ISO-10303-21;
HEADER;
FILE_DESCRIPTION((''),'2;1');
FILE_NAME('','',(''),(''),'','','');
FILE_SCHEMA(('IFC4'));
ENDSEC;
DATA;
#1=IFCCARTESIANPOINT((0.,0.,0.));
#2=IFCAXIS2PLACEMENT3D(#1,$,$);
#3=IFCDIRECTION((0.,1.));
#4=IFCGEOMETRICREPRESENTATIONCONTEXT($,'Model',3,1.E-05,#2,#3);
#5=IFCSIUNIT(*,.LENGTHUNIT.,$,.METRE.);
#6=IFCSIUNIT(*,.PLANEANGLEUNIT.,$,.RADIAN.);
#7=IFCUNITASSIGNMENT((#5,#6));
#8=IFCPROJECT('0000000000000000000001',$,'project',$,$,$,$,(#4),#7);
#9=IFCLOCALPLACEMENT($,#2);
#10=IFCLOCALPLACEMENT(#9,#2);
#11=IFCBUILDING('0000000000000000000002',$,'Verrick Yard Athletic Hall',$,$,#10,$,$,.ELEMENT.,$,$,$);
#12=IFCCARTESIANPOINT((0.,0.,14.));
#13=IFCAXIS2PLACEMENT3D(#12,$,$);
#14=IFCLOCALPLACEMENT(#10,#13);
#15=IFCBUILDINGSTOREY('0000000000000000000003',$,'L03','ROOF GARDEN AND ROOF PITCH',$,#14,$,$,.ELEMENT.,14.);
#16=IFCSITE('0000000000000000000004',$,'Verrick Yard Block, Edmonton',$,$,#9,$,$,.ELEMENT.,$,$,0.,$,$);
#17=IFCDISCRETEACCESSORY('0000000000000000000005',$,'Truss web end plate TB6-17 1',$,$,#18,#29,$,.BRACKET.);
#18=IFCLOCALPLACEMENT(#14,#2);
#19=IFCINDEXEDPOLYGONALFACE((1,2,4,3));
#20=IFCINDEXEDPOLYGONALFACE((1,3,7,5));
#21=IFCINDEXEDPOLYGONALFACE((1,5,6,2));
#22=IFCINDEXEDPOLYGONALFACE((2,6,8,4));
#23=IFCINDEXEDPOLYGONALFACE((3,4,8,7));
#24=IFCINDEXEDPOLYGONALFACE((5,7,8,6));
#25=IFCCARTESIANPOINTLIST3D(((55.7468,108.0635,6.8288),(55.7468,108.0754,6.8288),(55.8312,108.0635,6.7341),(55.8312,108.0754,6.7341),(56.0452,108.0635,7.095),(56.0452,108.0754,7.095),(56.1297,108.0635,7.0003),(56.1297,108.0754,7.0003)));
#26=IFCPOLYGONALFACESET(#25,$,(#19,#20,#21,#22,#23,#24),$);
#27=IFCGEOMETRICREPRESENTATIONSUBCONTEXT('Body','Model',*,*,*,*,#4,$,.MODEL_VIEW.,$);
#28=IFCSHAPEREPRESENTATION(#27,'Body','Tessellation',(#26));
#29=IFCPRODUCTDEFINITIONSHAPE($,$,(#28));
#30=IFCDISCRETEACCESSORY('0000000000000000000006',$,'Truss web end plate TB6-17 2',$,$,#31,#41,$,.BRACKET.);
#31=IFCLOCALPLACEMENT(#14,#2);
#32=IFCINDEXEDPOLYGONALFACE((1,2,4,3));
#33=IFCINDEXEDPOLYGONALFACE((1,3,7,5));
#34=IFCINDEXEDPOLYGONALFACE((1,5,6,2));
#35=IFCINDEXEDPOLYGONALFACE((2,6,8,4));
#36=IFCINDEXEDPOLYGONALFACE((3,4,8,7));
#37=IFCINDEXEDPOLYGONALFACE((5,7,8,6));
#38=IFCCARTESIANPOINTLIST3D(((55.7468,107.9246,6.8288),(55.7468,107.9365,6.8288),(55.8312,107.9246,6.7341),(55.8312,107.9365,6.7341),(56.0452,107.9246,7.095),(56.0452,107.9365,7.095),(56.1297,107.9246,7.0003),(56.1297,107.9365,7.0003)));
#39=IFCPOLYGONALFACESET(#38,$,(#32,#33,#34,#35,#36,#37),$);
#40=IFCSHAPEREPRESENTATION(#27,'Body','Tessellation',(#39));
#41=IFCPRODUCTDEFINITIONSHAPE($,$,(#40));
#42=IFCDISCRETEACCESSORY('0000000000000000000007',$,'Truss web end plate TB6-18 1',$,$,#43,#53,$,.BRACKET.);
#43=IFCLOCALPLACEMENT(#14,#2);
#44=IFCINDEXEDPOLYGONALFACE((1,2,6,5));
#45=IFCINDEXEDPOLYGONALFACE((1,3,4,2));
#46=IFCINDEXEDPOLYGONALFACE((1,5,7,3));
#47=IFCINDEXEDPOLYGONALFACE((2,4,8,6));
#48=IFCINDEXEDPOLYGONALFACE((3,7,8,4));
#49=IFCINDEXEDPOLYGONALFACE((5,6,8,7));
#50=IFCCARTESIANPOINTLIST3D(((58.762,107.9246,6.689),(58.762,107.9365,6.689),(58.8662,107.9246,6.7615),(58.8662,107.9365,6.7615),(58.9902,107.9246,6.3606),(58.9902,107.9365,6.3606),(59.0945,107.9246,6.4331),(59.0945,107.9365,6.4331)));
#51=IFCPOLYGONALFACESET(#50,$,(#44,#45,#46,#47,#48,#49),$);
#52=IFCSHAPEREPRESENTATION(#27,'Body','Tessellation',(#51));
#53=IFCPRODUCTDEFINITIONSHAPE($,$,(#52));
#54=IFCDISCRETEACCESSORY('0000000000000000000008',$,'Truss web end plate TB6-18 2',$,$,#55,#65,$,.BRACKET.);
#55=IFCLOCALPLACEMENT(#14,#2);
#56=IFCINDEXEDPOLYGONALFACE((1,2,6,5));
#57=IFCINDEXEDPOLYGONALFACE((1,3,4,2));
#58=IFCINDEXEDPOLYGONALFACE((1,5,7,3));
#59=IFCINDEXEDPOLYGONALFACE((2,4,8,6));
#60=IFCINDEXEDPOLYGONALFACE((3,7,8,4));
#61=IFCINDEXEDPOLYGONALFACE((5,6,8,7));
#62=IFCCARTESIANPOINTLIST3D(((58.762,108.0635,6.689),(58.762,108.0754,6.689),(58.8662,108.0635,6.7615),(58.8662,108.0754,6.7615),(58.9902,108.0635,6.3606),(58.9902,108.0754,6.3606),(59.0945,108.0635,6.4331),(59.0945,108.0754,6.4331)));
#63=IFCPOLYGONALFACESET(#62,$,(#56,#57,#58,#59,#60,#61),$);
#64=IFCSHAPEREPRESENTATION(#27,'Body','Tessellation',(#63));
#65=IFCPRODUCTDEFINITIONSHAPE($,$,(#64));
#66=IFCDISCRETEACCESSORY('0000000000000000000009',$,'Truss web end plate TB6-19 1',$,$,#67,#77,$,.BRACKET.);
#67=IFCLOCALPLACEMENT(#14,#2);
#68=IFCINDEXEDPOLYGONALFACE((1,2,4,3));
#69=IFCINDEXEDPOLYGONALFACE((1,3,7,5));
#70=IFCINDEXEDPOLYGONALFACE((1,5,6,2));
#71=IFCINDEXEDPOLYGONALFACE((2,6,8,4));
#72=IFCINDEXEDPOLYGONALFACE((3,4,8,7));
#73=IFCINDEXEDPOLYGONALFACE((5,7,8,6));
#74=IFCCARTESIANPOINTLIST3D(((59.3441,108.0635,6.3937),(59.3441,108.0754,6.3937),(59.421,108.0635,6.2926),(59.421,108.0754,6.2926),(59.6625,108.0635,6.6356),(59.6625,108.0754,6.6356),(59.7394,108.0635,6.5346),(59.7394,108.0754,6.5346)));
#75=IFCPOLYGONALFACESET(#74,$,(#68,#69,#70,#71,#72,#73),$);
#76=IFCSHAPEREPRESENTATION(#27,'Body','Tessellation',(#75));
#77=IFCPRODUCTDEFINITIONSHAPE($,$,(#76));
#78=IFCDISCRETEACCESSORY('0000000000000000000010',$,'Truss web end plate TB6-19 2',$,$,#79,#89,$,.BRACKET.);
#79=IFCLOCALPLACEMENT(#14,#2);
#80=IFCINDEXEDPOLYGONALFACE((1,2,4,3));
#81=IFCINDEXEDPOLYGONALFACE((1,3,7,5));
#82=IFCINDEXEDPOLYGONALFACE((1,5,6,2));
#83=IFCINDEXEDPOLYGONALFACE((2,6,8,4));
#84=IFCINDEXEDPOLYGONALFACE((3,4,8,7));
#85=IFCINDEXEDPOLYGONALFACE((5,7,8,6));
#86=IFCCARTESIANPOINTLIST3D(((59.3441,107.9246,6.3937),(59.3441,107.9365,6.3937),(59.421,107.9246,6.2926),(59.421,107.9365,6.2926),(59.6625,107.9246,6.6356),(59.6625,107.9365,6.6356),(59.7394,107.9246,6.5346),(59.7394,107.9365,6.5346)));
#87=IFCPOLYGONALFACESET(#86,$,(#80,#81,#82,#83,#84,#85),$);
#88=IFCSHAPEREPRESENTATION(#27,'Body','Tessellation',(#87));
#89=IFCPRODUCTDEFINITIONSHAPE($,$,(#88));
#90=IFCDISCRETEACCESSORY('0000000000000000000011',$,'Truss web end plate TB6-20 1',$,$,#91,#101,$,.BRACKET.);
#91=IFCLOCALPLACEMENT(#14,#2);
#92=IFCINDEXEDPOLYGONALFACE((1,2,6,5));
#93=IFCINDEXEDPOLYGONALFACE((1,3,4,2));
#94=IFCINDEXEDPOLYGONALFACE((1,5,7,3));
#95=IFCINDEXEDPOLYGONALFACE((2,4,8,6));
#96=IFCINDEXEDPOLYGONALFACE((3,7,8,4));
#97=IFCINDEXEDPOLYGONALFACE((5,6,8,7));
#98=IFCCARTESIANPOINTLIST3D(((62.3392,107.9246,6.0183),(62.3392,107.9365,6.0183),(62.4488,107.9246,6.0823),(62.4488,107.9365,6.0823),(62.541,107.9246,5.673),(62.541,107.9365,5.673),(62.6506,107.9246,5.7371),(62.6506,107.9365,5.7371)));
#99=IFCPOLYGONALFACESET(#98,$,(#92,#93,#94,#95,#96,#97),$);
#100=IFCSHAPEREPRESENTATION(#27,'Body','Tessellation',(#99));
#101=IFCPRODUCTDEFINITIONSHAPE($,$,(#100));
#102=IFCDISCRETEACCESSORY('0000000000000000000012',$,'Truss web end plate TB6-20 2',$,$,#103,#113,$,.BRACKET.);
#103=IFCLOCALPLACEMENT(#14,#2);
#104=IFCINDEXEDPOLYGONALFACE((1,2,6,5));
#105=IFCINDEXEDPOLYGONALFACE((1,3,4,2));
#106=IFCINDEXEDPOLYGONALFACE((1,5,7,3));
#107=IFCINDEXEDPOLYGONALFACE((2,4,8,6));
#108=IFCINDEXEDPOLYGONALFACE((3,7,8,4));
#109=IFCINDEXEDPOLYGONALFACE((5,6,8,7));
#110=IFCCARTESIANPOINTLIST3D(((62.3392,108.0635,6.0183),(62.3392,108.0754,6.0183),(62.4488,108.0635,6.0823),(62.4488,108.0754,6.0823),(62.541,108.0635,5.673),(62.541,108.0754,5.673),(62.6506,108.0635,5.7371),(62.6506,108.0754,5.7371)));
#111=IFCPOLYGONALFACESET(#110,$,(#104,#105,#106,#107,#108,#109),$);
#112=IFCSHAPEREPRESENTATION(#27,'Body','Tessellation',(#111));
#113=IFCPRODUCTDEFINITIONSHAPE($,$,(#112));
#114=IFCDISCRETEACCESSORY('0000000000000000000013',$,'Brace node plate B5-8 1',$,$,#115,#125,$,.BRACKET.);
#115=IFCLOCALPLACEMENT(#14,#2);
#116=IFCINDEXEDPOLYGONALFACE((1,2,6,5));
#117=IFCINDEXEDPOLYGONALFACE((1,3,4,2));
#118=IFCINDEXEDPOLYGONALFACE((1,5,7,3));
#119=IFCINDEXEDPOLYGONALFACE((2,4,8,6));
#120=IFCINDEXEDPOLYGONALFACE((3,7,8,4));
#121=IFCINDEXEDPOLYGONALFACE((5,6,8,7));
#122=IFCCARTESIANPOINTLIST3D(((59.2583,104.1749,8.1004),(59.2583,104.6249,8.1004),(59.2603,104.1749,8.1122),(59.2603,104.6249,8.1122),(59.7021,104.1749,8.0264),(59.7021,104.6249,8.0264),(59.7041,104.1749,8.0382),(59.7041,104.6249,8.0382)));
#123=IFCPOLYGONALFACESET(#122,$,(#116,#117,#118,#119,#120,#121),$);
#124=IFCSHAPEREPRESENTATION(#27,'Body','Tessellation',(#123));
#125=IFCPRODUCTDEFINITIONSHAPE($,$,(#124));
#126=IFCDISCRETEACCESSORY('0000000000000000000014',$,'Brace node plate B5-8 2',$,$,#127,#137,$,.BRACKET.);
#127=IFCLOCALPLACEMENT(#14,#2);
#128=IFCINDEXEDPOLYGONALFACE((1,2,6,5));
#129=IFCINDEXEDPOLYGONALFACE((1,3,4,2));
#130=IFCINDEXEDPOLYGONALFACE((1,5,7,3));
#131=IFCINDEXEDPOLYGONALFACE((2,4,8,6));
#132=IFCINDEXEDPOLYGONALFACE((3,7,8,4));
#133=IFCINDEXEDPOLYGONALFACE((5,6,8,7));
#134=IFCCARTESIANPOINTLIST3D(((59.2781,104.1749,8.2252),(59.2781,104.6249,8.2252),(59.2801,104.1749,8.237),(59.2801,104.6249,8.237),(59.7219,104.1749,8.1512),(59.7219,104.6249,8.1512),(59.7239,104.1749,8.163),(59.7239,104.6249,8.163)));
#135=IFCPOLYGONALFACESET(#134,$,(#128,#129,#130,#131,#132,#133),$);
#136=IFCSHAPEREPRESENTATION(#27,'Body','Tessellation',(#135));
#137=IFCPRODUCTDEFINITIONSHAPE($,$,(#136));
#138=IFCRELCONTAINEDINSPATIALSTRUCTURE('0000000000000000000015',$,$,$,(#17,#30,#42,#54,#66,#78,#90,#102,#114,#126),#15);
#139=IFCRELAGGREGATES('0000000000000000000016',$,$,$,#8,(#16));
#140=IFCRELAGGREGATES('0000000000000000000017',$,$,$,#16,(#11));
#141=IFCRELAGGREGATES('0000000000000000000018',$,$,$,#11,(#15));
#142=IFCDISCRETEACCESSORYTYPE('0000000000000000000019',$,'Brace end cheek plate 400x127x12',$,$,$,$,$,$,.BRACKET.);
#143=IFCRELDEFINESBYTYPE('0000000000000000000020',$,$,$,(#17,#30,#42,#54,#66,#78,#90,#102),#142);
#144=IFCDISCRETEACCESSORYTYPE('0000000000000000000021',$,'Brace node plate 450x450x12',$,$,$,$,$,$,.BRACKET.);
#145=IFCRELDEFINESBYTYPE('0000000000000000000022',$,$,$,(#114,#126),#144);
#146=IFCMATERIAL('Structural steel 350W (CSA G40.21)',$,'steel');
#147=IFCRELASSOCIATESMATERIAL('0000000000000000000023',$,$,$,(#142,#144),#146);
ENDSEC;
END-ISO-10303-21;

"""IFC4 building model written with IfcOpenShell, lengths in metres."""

from ifc_helpers import new_model, si_unit, direction, frame, origin, origin_2d, place, context, subcontext, project, spatial, rectangle, extrude, material, material_profile, profile_set, type_object, element, save


model = new_model("IFC4")

# Units and contexts
model_context = context("Model", 3, precision=1e-05, world=origin(), true_north=direction((0.0, 1.0)))
body_context = subcontext(model_context, "Body", "Model", "MODEL_VIEW")
ifc_project = project(units=[si_unit("LENGTHUNIT", "METRE"), si_unit("PLANEANGLEUNIT", "RADIAN")], contexts=[model_context])

# Site, building, storey
site_placement = place(None, origin())
site = spatial("IfcSite", under=ifc_project, at=site_placement, Name="Verrick Yard Block, Edmonton", CompositionType="ELEMENT", RefElevation=0.0)
building_placement = place(site_placement, origin())
building = spatial("IfcBuilding", under=site, at=building_placement, Name="Verrick Yard Athletic Hall", CompositionType="ELEMENT")
storey_placement = place(building_placement, frame((0.0, 0.0, 14.0)))
storey = spatial("IfcBuildingStorey", under=building, at=storey_placement, Name="L03", Description="ROOF GARDEN AND ROOF PITCH", CompositionType="ELEMENT", Elevation=14.0)

# Discrete accessories
ifc_material_1 = material(Name="Structural steel 350W (CSA G40.21)", Category="steel")
ifc_material_profile_1 = material_profile(ifc_material_1, rectangle(XDim=0.3999, YDim=0.127, at=origin_2d()), Name="Brace end cheek plate")
ifc_profile_set_1 = profile_set([ifc_material_profile_1], Name="Structural steel 350W (CSA G40.21)")
discrete_accessory_type_1 = type_object("IfcDiscreteAccessoryType", Name="Brace end cheek plate 400x127x12", PredefinedType="BRACKET", material=ifc_profile_set_1)
for number, where, z_axis, x_axis, name in (
    (1, (55.9382, 108.0635, 6.9146), (0.0, 1.0, 0.0), (0.746352, 0.0, 0.665551), "Truss web end plate TB6-17 1"),
    (2, (55.9382, 107.9365, 6.9146), (0.0, -1.0, 0.0), (0.746352, 0.0, 0.665551), "Truss web end plate TB6-17 2"),
    (3, (58.9282, 107.9365, 6.561), (0.0, -1.0, 0.0), (-0.570674, 0.0, 0.821176), "Truss web end plate TB6-18 1"),
    (4, (58.9282, 108.0635, 6.561), (0.0, 1.0, 0.0), (-0.570674, 0.0, 0.821176), "Truss web end plate TB6-18 2"),
    (5, (59.5417, 108.0635, 6.4641), (0.0, 1.0, 0.0), (0.796193, 0.0, 0.605042), "Truss web end plate TB6-19 1"),
    (6, (59.5417, 107.9365, 6.4641), (0.0, -1.0, 0.0), (0.796193, 0.0, 0.605042), "Truss web end plate TB6-19 2"),
    (7, (62.4949, 107.9365, 5.8777), (0.0, -1.0, 0.0), (-0.504597, 0.0, 0.863355), "Truss web end plate TB6-20 1"),
    (8, (62.4949, 108.0635, 5.8777), (0.0, 1.0, 0.0), (-0.504597, 0.0, 0.863355), "Truss web end plate TB6-20 2"),
):
    element("IfcDiscreteAccessory", number, at=place(storey_placement, frame(where, z_axis=z_axis, x_axis=x_axis)), inside=storey, type_object=discrete_accessory_type_1, Name=name, PredefinedType="BRACKET", context=body_context, shape_type="SweptSolid", body=[
        extrude(rectangle(XDim=0.3999, YDim=0.127, at=origin_2d()), origin(), (0.0, 0.0, 1.0), 0.012),
    ])
ifc_material_profile_2 = material_profile(ifc_material_1, rectangle(XDim=0.45, YDim=0.45, at=origin_2d()), Name="Brace node plate")
ifc_profile_set_2 = profile_set([ifc_material_profile_2], Name="Structural steel 350W (CSA G40.21)")
discrete_accessory_type_2 = type_object("IfcDiscreteAccessoryType", Name="Brace node plate 450x450x12", PredefinedType="BRACKET", material=ifc_profile_set_2)
for number, where, z_axis, x_axis, name in (
    (9, (59.4822, 104.3999, 8.0752), (-0.164399, 0.0, -0.986394), (0.0, -1.0, 0.0), "Brace node plate B5-8 1"),
    (10, (59.5, 104.3999, 8.1882), (0.164399, 0.0, 0.986394), (0.0, 1.0, 0.0), "Brace node plate B5-8 2"),
):
    element("IfcDiscreteAccessory", number, at=place(storey_placement, frame(where, z_axis=z_axis, x_axis=x_axis)), inside=storey, type_object=discrete_accessory_type_2, Name=name, PredefinedType="BRACKET", context=body_context, shape_type="SweptSolid", body=[
        extrude(rectangle(XDim=0.45, YDim=0.45, at=origin_2d()), origin(), (0.0, 0.0, 1.0), 0.012),
    ])

save(model, "model.ifc")
